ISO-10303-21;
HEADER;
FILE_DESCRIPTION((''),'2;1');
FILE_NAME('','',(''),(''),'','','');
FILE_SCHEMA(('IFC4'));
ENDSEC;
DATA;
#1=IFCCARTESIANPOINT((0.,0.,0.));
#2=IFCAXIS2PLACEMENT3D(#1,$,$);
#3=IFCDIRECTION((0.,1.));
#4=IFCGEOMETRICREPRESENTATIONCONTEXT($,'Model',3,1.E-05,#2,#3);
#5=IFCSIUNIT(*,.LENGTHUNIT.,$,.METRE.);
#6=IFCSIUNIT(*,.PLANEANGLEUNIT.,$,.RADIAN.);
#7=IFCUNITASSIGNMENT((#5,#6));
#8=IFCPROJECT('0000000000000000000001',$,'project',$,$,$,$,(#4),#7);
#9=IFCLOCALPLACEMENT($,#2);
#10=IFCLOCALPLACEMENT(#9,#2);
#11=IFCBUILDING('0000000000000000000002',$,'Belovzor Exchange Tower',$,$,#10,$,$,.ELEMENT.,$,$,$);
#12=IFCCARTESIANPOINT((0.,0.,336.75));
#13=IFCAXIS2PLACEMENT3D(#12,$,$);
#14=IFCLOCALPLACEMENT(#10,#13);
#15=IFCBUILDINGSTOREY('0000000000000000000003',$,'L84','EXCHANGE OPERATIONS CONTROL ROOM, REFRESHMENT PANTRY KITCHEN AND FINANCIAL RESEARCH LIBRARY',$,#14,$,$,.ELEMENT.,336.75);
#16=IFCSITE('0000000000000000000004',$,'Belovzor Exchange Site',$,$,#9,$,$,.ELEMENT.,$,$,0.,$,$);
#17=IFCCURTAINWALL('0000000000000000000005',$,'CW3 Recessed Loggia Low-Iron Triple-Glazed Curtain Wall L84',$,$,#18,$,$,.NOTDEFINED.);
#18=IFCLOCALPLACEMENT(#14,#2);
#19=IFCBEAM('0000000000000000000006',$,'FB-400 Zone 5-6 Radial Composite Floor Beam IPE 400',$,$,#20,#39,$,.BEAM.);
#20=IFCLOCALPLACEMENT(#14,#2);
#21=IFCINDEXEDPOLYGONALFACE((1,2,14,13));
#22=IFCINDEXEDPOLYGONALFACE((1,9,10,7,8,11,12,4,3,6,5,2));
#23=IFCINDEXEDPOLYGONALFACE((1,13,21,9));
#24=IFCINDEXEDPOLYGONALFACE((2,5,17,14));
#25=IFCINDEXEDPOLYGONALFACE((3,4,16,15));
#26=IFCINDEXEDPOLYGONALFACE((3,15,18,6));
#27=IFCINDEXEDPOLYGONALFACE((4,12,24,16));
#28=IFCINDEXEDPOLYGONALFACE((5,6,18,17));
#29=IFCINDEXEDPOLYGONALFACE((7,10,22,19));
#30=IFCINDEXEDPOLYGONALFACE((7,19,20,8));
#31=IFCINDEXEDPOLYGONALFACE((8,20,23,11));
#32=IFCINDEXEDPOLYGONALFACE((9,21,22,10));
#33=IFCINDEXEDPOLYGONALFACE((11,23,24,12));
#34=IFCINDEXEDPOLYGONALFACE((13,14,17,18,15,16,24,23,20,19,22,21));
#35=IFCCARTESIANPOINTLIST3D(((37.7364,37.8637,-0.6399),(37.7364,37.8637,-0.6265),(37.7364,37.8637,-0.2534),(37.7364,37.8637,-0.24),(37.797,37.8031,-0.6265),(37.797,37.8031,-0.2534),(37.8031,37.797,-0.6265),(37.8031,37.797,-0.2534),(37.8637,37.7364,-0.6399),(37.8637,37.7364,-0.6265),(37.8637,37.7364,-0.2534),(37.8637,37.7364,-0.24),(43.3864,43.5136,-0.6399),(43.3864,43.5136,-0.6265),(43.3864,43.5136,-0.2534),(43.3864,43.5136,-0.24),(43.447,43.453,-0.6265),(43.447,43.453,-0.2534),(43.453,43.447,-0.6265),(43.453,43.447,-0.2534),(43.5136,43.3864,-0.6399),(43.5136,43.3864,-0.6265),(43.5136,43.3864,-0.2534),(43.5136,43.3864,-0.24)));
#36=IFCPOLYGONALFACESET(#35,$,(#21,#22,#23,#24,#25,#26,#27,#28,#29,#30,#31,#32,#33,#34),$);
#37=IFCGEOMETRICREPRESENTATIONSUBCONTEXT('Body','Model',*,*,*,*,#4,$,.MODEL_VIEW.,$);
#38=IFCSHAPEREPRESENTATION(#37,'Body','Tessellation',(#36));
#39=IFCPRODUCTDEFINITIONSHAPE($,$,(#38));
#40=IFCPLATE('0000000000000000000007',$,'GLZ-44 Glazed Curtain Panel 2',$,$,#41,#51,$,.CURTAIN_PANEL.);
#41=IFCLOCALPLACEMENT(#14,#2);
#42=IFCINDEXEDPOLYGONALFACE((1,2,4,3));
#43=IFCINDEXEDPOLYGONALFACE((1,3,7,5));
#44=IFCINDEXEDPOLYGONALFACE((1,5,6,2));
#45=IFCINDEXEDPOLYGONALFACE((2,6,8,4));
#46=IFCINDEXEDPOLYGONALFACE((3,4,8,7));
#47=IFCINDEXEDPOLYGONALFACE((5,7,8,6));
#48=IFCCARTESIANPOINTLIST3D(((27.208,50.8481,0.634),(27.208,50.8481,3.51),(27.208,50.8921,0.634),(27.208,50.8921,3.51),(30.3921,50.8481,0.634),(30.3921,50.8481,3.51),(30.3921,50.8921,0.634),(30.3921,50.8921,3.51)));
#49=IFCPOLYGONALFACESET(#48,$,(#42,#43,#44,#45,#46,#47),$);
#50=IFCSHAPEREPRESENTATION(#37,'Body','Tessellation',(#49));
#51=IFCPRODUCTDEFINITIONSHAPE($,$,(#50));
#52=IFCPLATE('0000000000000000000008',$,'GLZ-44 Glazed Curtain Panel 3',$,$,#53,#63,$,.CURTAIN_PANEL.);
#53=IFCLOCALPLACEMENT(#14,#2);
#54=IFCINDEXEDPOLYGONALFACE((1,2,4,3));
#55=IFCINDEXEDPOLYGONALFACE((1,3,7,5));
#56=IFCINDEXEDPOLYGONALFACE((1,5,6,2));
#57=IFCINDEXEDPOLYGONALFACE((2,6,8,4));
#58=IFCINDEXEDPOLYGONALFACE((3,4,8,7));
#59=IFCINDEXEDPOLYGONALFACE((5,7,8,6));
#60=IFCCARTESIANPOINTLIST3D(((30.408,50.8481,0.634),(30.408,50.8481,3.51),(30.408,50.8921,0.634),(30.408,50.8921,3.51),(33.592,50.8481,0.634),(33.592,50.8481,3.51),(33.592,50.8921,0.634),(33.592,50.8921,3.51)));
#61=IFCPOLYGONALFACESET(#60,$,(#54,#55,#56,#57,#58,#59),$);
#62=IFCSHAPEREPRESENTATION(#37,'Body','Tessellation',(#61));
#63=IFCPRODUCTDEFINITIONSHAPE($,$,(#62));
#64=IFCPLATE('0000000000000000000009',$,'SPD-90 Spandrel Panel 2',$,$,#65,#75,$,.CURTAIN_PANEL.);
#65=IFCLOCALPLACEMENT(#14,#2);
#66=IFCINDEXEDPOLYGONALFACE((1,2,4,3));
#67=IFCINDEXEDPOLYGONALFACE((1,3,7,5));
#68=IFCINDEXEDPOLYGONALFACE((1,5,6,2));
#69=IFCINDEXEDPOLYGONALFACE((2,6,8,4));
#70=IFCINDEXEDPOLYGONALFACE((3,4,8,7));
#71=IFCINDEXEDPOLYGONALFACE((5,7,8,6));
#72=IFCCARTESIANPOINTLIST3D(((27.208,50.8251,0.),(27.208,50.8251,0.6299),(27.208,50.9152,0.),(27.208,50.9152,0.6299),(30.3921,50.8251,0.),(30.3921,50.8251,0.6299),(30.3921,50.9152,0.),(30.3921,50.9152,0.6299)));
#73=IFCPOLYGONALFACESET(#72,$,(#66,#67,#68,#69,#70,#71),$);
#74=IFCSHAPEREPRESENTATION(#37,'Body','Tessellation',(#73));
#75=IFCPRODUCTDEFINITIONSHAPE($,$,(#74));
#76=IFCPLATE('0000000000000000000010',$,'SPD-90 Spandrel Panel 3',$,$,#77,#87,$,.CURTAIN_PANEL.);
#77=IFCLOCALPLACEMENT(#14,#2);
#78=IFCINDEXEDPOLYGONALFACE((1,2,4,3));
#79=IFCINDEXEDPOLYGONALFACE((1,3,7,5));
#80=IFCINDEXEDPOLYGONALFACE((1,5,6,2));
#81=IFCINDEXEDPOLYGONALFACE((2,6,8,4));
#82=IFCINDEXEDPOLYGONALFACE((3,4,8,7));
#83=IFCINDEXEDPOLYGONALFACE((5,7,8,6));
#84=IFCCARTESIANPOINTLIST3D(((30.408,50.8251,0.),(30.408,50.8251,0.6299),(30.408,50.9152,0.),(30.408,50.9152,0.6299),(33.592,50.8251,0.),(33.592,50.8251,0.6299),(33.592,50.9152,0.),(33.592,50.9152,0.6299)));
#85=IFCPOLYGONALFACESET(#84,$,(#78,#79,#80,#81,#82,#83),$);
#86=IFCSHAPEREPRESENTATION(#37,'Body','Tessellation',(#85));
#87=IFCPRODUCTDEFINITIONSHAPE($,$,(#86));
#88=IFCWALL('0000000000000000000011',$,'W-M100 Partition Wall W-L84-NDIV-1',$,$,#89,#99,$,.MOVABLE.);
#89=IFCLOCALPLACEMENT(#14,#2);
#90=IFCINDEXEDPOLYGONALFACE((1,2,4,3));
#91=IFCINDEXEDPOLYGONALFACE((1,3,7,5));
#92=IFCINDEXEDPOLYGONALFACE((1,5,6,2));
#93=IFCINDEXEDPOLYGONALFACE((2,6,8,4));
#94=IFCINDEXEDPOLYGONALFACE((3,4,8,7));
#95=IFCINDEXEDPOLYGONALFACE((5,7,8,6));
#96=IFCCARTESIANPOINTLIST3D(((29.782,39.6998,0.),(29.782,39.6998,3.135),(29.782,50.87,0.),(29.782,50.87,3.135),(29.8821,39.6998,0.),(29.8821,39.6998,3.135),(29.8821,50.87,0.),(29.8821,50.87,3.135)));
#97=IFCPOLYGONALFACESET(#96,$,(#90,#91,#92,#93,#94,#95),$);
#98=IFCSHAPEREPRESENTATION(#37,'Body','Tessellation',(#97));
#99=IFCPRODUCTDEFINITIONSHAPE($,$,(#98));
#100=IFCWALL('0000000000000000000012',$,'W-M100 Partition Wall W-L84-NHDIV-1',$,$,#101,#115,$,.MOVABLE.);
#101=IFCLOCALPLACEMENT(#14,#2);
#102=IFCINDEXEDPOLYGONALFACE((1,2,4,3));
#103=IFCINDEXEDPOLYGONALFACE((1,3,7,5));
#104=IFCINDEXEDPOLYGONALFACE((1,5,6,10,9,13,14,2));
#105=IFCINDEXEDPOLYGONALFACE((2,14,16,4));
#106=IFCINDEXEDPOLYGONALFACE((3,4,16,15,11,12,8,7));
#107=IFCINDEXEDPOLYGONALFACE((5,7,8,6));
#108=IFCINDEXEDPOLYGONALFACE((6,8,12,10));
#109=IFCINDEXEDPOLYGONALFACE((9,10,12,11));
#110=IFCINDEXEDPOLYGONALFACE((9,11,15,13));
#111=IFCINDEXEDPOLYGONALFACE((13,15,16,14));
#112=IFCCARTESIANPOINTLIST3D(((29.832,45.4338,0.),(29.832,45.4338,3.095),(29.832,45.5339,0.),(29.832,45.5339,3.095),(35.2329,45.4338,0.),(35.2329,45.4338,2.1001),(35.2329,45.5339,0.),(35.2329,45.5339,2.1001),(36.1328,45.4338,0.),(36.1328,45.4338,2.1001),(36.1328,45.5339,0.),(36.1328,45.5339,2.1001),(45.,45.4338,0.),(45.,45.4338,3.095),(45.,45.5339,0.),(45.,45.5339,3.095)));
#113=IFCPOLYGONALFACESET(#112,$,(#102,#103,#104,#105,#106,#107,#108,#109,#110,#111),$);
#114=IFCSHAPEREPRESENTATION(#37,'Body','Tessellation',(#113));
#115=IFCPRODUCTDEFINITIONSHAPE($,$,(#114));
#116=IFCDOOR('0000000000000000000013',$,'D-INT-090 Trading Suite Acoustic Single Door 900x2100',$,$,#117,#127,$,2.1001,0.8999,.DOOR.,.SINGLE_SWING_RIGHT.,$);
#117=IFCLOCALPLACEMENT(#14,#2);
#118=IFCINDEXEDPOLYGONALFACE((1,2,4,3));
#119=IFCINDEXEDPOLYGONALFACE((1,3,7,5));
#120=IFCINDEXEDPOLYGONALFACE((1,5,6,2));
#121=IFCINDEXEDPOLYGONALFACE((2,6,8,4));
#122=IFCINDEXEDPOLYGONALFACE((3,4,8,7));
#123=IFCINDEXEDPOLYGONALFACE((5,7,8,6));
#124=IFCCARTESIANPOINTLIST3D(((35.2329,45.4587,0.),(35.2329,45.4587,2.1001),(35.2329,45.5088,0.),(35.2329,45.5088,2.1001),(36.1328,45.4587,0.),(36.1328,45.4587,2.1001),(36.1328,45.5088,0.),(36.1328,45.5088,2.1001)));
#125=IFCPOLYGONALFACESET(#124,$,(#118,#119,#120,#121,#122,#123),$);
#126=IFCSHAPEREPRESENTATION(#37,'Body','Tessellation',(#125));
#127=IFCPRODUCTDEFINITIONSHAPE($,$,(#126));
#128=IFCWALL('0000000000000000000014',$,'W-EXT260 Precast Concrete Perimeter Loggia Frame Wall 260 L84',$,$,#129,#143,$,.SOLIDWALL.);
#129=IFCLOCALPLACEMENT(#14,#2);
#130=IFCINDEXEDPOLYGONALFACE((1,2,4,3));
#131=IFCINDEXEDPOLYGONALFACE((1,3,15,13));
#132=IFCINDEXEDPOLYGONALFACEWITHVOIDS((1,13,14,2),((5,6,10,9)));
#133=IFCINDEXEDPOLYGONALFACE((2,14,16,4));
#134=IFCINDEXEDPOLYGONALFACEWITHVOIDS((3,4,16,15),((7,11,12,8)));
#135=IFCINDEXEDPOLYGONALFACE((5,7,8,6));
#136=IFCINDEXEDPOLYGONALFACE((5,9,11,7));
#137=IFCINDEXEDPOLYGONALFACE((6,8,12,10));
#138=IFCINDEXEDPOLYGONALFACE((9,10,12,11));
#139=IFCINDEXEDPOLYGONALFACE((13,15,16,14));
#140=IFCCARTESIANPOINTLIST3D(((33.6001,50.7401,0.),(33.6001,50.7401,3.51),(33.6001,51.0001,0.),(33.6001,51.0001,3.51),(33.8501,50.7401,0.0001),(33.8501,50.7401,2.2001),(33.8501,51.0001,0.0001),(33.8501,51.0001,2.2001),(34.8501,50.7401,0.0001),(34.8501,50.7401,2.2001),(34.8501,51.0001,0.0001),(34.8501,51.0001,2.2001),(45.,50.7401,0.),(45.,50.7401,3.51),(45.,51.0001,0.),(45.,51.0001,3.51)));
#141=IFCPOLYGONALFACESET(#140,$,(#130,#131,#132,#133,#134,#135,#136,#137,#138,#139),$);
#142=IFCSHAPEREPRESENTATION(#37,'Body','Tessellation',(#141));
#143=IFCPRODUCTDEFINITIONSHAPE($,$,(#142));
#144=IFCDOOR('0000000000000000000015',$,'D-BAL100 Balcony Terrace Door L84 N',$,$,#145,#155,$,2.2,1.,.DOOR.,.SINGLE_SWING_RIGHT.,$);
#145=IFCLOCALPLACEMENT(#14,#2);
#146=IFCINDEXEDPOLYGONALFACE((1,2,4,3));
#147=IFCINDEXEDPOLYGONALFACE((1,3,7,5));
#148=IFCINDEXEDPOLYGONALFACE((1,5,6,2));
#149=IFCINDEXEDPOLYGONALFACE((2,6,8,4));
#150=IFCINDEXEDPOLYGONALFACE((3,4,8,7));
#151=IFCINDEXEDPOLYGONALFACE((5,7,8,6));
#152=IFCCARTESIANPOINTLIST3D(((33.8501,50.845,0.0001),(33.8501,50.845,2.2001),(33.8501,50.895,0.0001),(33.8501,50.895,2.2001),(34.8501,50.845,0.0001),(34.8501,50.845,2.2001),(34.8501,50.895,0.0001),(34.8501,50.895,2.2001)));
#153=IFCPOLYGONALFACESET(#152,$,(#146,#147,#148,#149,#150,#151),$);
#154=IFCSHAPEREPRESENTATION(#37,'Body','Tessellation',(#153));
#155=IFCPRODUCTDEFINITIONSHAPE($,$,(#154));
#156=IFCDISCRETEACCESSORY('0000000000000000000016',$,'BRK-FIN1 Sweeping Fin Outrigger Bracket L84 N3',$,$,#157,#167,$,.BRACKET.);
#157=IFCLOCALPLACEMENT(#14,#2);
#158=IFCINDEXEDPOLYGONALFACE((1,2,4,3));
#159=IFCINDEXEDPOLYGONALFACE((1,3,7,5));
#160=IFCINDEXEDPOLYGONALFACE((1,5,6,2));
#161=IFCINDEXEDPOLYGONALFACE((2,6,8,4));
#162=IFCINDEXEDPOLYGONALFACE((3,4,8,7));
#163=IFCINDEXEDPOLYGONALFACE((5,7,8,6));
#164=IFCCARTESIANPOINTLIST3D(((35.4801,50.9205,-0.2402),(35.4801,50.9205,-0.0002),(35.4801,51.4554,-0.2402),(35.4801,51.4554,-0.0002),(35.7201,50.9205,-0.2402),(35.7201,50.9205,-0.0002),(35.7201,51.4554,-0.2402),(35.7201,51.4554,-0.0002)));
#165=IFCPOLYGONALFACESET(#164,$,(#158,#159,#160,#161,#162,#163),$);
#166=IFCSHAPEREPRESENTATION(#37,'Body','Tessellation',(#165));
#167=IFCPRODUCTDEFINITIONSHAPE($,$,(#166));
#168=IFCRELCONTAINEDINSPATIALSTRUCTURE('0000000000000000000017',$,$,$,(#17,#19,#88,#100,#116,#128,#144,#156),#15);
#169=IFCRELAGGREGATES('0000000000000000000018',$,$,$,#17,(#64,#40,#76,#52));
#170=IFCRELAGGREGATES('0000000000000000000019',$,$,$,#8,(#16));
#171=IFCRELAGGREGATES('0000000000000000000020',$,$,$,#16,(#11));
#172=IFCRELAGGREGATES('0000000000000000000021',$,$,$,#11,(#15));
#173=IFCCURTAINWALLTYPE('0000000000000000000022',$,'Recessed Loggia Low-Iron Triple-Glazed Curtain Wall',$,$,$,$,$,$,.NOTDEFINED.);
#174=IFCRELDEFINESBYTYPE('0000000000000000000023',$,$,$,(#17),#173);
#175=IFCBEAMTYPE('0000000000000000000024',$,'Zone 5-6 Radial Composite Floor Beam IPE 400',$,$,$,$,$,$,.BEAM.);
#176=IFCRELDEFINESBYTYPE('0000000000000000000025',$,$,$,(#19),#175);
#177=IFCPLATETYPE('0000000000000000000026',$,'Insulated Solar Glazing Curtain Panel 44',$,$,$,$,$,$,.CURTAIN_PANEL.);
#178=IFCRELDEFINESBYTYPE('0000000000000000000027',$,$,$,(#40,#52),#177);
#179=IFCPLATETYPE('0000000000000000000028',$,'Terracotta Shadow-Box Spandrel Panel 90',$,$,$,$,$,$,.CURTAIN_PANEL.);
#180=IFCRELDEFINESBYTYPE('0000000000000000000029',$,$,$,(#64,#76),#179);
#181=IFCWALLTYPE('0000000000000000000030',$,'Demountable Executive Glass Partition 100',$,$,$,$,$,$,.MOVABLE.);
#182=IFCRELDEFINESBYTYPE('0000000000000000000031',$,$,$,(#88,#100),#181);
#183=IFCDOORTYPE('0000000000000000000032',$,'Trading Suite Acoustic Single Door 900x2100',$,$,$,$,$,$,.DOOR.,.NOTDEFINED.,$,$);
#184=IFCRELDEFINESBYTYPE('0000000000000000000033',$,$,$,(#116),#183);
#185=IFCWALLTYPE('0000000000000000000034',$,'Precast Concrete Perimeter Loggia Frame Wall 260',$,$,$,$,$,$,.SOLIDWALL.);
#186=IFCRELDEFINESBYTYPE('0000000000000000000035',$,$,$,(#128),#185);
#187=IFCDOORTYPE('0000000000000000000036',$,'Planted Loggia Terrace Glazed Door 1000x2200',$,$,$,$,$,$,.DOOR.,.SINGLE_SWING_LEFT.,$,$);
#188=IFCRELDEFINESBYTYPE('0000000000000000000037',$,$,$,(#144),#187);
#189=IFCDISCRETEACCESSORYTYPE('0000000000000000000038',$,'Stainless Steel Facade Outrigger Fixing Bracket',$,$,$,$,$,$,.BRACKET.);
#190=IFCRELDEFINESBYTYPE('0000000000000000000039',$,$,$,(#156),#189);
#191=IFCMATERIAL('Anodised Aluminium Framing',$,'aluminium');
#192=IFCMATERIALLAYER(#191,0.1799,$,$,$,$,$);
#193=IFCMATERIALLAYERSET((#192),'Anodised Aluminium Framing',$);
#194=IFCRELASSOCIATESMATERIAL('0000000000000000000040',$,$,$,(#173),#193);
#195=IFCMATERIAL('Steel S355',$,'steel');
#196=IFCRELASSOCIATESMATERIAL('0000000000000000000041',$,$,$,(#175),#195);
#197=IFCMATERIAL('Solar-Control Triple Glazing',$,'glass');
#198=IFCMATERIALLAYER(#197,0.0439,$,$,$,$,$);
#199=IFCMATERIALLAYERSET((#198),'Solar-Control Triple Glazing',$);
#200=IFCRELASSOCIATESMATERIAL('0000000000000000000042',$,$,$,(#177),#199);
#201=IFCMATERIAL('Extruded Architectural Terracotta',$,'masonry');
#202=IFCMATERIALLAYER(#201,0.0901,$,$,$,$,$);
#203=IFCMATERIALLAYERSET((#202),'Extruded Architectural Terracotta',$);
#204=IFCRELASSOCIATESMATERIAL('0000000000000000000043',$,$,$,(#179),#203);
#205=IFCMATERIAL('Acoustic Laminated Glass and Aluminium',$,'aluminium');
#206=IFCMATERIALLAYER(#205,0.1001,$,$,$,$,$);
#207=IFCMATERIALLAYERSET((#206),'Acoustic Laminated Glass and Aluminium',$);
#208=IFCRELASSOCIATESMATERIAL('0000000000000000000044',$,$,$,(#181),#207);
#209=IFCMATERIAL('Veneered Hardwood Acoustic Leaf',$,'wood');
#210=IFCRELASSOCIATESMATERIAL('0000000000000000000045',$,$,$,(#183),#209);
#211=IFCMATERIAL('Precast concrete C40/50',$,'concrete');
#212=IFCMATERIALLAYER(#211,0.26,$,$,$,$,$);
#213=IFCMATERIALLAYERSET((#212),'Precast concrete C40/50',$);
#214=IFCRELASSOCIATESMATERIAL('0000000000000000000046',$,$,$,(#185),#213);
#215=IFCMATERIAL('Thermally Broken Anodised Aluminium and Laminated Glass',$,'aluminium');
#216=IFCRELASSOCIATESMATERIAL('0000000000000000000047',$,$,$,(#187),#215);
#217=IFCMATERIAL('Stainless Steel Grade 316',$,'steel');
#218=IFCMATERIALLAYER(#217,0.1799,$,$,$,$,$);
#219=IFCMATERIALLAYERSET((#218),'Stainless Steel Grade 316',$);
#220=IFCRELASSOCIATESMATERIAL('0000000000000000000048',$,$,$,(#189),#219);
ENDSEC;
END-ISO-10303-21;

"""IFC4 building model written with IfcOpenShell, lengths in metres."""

from ifc_helpers import new_model, si_unit, direction, frame, frame_2d, origin, origin_2d, place, context, subcontext, project, spatial, rectangle, i_section, extrude, material, layer, layer_set, material_profile, profile_set, type_object, element, fill, aggregate, save


model = new_model("IFC4")

# Units and contexts
model_context = context("Model", 3, precision=1e-05, world=origin(), true_north=direction((0.0, 1.0)))
body_context = subcontext(model_context, "Body", "Model", "MODEL_VIEW")
ifc_project = project(units=[si_unit("LENGTHUNIT", "METRE"), si_unit("PLANEANGLEUNIT", "RADIAN")], contexts=[model_context])

# Site, building, storey
site_placement = place(None, origin())
site = spatial("IfcSite", under=ifc_project, at=site_placement, Name="Belovzor Exchange Site", CompositionType="ELEMENT", RefElevation=0.0)
building_placement = place(site_placement, origin())
building = spatial("IfcBuilding", under=site, at=building_placement, Name="Belovzor Exchange Tower", CompositionType="ELEMENT")
storey_placement = place(building_placement, frame((0.0, 0.0, 336.75)))
storey = spatial("IfcBuildingStorey", under=building, at=storey_placement, Name="L84", Description="EXCHANGE OPERATIONS CONTROL ROOM, REFRESHMENT PANTRY KITCHEN AND FINANCIAL RESEARCH LIBRARY", CompositionType="ELEMENT", Elevation=336.75)

# Curtain wall
ifc_material_1 = material(Name="Anodised Aluminium Framing", Category="aluminium")
ifc_layer_1 = layer(ifc_material_1, 0.1799)
ifc_layer_set_1 = layer_set([ifc_layer_1], Name="Anodised Aluminium Framing")
curtain_wall_type = type_object("IfcCurtainWallType", Name="Recessed Loggia Low-Iron Triple-Glazed Curtain Wall", PredefinedType="NOTDEFINED", material=ifc_layer_set_1)
curtain_wall_placement = place(storey_placement, origin())
curtain_wall = element("IfcCurtainWall", 1, at=curtain_wall_placement, inside=storey, type_object=curtain_wall_type, Name="CW3 Recessed Loggia Low-Iron Triple-Glazed Curtain Wall L84", PredefinedType="NOTDEFINED")

# Beam
ifc_material_2 = material(Name="Steel S355", Category="steel")
ifc_material_profile_1 = material_profile(ifc_material_2, i_section(OverallWidth=0.1799, OverallDepth=0.3999, WebThickness=0.0085, FlangeThickness=0.0134, at=origin_2d()))
ifc_profile_set_1 = profile_set([ifc_material_profile_1], Name="Steel S355")
beam_type_1 = type_object("IfcBeamType", Name="Zone 5-6 Radial Composite Floor Beam IPE 400", PredefinedType="BEAM", material=ifc_profile_set_1)
beam_1_placement = place(storey_placement, frame((37.8, 37.8, -0.4399), z_axis=(0.707107, 0.707107, 0.0), x_axis=(-0.707107, 0.707107, 0.0)))
element("IfcBeam", 2, at=beam_1_placement, inside=storey, type_object=beam_type_1, Name="FB-400 Zone 5-6 Radial Composite Floor Beam IPE 400", PredefinedType="BEAM", context=body_context, shape_type="SweptSolid", body=[
    extrude(i_section(OverallWidth=0.1799, OverallDepth=0.3999, WebThickness=0.0085, FlangeThickness=0.0134, at=origin_2d()), origin(), (0.0, 0.0, 1.0), 7.9902),
])

# Plates
ifc_material_3 = material(Name="Solar-Control Triple Glazing", Category="glass")
ifc_layer_2 = layer(ifc_material_3, 0.0439)
ifc_layer_set_2 = layer_set([ifc_layer_2], Name="Solar-Control Triple Glazing")
plate_type_1 = type_object("IfcPlateType", Name="Insulated Solar Glazing Curtain Panel 44", PredefinedType="CURTAIN_PANEL", material=ifc_layer_set_2)
plate_1_placement = place(storey_placement, frame((28.8, 50.8701, 0.634), z_axis=(0.0, 0.0, 1.0), x_axis=(1.0, 0.0, 0.0)))
plate_1 = element("IfcPlate", 3, at=plate_1_placement, type_object=plate_type_1, Name="GLZ-44 Glazed Curtain Panel 2", PredefinedType="CURTAIN_PANEL", context=body_context, shape_type="SweptSolid", body=[
    extrude(rectangle(XDim=3.1841, YDim=0.0439, at=origin_2d()), origin(), (0.0, 0.0, 1.0), 2.876),
])
plate_2_placement = place(storey_placement, frame((32.0, 50.8701, 0.634), z_axis=(0.0, 0.0, 1.0), x_axis=(1.0, 0.0, 0.0)))
plate_2 = element("IfcPlate", 4, at=plate_2_placement, type_object=plate_type_1, Name="GLZ-44 Glazed Curtain Panel 3", PredefinedType="CURTAIN_PANEL", context=body_context, shape_type="SweptSolid", body=[
    extrude(rectangle(XDim=3.1841, YDim=0.0439, at=origin_2d()), origin(), (0.0, 0.0, 1.0), 2.876),
])
ifc_material_4 = material(Name="Extruded Architectural Terracotta", Category="masonry")
ifc_layer_3 = layer(ifc_material_4, 0.0901)
ifc_layer_set_3 = layer_set([ifc_layer_3], Name="Extruded Architectural Terracotta")
plate_type_2 = type_object("IfcPlateType", Name="Terracotta Shadow-Box Spandrel Panel 90", PredefinedType="CURTAIN_PANEL", material=ifc_layer_set_3)
plate_3_placement = place(storey_placement, frame((28.8, 50.8701, 0.0), z_axis=(0.0, 0.0, 1.0), x_axis=(1.0, 0.0, 0.0)))
plate_3 = element("IfcPlate", 5, at=plate_3_placement, type_object=plate_type_2, Name="SPD-90 Spandrel Panel 2", PredefinedType="CURTAIN_PANEL", context=body_context, shape_type="SweptSolid", body=[
    extrude(rectangle(XDim=3.1841, YDim=0.0901, at=origin_2d()), origin(), (0.0, 0.0, 1.0), 0.6299),
])
plate_4_placement = place(storey_placement, frame((32.0, 50.8701, 0.0), z_axis=(0.0, 0.0, 1.0), x_axis=(1.0, 0.0, 0.0)))
plate_4 = element("IfcPlate", 6, at=plate_4_placement, type_object=plate_type_2, Name="SPD-90 Spandrel Panel 3", PredefinedType="CURTAIN_PANEL", context=body_context, shape_type="SweptSolid", body=[
    extrude(rectangle(XDim=3.1841, YDim=0.0901, at=origin_2d()), origin(), (0.0, 0.0, 1.0), 0.6299),
])
aggregate(curtain_wall, [plate_3, plate_1, plate_4, plate_2])

# Wall
ifc_material_5 = material(Name="Acoustic Laminated Glass and Aluminium", Category="aluminium")
ifc_layer_4 = layer(ifc_material_5, 0.1001)
ifc_layer_set_4 = layer_set([ifc_layer_4], Name="Acoustic Laminated Glass and Aluminium")
wall_type_1 = type_object("IfcWallType", Name="Demountable Executive Glass Partition 100", PredefinedType="MOVABLE", material=ifc_layer_set_4)
wall_1_placement = place(storey_placement, frame((29.832, 39.7, 0.0), z_axis=(0.0, 0.0, 1.0), x_axis=(0.0, 1.0, 0.0)))
element("IfcWall", 7, at=wall_1_placement, inside=storey, type_object=wall_type_1, Name="W-M100 Partition Wall W-L84-NDIV-1", PredefinedType="MOVABLE", context=body_context, shape_type="SweptSolid", body=[
    extrude(rectangle(XDim=11.1702, YDim=0.1001, at=frame_2d((5.585, 0.0))), origin(), (0.0, 0.0, 1.0), 3.135),
])

# Walls, openings, doors
wall_2_placement = place(storey_placement, frame((29.832, 45.4839, 0.0), z_axis=(0.0, 0.0, 1.0), x_axis=(1.0, 0.0, 0.0)))
wall_2 = element("IfcWall", 8, at=wall_2_placement, inside=storey, type_object=wall_type_1, Name="W-M100 Partition Wall W-L84-NHDIV-1", PredefinedType="MOVABLE", context=body_context, shape_type="SweptSolid", body=[
    extrude(rectangle(XDim=15.168, YDim=0.1001, at=frame_2d((7.584, 0.0))), origin(), (0.0, 0.0, 1.0), 3.095),
])
opening_1_placement = place(wall_2_placement, frame((5.4009, 0.0, 0.0)))
opening_1 = element("IfcOpeningElement", 9, at=opening_1_placement, cuts=wall_2, PredefinedType="OPENING", context=body_context, shape_type="SweptSolid", body=[
    extrude(rectangle(XDim=0.8999, YDim=2.1001, at=frame_2d((0.45, 1.05))), frame((0.0, 0.0601, 0.0), z_axis=(0.0, -1.0, 0.0), x_axis=(1.0, 0.0, 0.0)), (0.0, 0.0, 1.0), 0.1201),
])
ifc_material_6 = material(Name="Veneered Hardwood Acoustic Leaf", Category="wood")
door_type_1 = type_object("IfcDoorType", Name="Trading Suite Acoustic Single Door 900x2100", OperationType="NOTDEFINED", PredefinedType="DOOR", material=ifc_material_6)
door_1_placement = place(opening_1_placement, origin())
door_1 = element("IfcDoor", 10, at=door_1_placement, inside=storey, type_object=door_type_1, Name="D-INT-090 Trading Suite Acoustic Single Door 900x2100", OperationType="SINGLE_SWING_RIGHT", OverallHeight=2.1001, OverallWidth=0.8999, PredefinedType="DOOR", context=body_context, shape_type="SweptSolid", body=[
    extrude(rectangle(XDim=0.8999, YDim=2.1001, at=frame_2d((0.45, 1.05))), frame((0.0, 0.0249, 0.0), z_axis=(0.0, -1.0, 0.0), x_axis=(1.0, 0.0, 0.0)), (0.0, 0.0, 1.0), 0.05),
])
fill(opening_1, door_1)
ifc_material_7 = material(Name="Precast concrete C40/50", Category="concrete")
ifc_layer_5 = layer(ifc_material_7, 0.26)
ifc_layer_set_5 = layer_set([ifc_layer_5], Name="Precast concrete C40/50")
wall_type_2 = type_object("IfcWallType", Name="Precast Concrete Perimeter Loggia Frame Wall 260", PredefinedType="SOLIDWALL", material=ifc_layer_set_5)
wall_3_placement = place(storey_placement, frame((33.6001, 50.8701, 0.0), z_axis=(0.0, 0.0, 1.0), x_axis=(1.0, 0.0, 0.0)))
wall_3 = element("IfcWall", 11, at=wall_3_placement, inside=storey, type_object=wall_type_2, Name="W-EXT260 Precast Concrete Perimeter Loggia Frame Wall 260 L84", PredefinedType="SOLIDWALL", context=body_context, shape_type="SweptSolid", body=[
    extrude(rectangle(XDim=11.3999, YDim=0.26, at=frame_2d((5.7, 0.0))), origin(), (0.0, 0.0, 1.0), 3.51),
])
opening_2_placement = place(wall_3_placement, frame((0.25, 0.0, 0.0)))
opening_2 = element("IfcOpeningElement", 12, at=opening_2_placement, cuts=wall_3, PredefinedType="OPENING", context=body_context, shape_type="SweptSolid", body=[
    extrude(rectangle(XDim=1.0, YDim=2.2, at=frame_2d((0.5, 1.1001))), frame((0.0, 0.1399, 0.0), z_axis=(0.0, -1.0, 0.0), x_axis=(1.0, 0.0, 0.0)), (0.0, 0.0, 1.0), 0.28),
])
ifc_material_8 = material(Name="Thermally Broken Anodised Aluminium and Laminated Glass", Category="aluminium")
door_type_2 = type_object("IfcDoorType", Name="Planted Loggia Terrace Glazed Door 1000x2200", OperationType="SINGLE_SWING_LEFT", PredefinedType="DOOR", material=ifc_material_8)
door_2_placement = place(opening_2_placement, origin())
door_2 = element("IfcDoor", 13, at=door_2_placement, inside=storey, type_object=door_type_2, Name="D-BAL100 Balcony Terrace Door L84 N", OperationType="SINGLE_SWING_RIGHT", OverallHeight=2.2, OverallWidth=1.0, PredefinedType="DOOR", context=body_context, shape_type="SweptSolid", body=[
    extrude(rectangle(XDim=1.0, YDim=2.2, at=frame_2d((0.5, 1.1001))), frame((0.0, 0.0249, 0.0), z_axis=(0.0, -1.0, 0.0), x_axis=(1.0, 0.0, 0.0)), (0.0, 0.0, 1.0), 0.05),
])
fill(opening_2, door_2)

# Discrete accessory
ifc_material_9 = material(Name="Stainless Steel Grade 316", Category="steel")
ifc_layer_6 = layer(ifc_material_9, 0.1799)
ifc_layer_set_6 = layer_set([ifc_layer_6], Name="Stainless Steel Grade 316")
discrete_accessory_type = type_object("IfcDiscreteAccessoryType", Name="Stainless Steel Facade Outrigger Fixing Bracket", PredefinedType="BRACKET", material=ifc_layer_set_6)
discrete_accessory_placement = place(storey_placement, frame((35.6001, 51.188, -0.2402), z_axis=(0.0, 0.0, 1.0), x_axis=(0.0, 1.0, 0.0)))
element("IfcDiscreteAccessory", 14, at=discrete_accessory_placement, inside=storey, type_object=discrete_accessory_type, Name="BRK-FIN1 Sweeping Fin Outrigger Bracket L84 N3", PredefinedType="BRACKET", context=body_context, shape_type="SweptSolid", body=[
    extrude(rectangle(XDim=0.5349, YDim=0.24, at=origin_2d()), origin(), (0.0, 0.0, 1.0), 0.24),
])

save(model, "model.ifc")
